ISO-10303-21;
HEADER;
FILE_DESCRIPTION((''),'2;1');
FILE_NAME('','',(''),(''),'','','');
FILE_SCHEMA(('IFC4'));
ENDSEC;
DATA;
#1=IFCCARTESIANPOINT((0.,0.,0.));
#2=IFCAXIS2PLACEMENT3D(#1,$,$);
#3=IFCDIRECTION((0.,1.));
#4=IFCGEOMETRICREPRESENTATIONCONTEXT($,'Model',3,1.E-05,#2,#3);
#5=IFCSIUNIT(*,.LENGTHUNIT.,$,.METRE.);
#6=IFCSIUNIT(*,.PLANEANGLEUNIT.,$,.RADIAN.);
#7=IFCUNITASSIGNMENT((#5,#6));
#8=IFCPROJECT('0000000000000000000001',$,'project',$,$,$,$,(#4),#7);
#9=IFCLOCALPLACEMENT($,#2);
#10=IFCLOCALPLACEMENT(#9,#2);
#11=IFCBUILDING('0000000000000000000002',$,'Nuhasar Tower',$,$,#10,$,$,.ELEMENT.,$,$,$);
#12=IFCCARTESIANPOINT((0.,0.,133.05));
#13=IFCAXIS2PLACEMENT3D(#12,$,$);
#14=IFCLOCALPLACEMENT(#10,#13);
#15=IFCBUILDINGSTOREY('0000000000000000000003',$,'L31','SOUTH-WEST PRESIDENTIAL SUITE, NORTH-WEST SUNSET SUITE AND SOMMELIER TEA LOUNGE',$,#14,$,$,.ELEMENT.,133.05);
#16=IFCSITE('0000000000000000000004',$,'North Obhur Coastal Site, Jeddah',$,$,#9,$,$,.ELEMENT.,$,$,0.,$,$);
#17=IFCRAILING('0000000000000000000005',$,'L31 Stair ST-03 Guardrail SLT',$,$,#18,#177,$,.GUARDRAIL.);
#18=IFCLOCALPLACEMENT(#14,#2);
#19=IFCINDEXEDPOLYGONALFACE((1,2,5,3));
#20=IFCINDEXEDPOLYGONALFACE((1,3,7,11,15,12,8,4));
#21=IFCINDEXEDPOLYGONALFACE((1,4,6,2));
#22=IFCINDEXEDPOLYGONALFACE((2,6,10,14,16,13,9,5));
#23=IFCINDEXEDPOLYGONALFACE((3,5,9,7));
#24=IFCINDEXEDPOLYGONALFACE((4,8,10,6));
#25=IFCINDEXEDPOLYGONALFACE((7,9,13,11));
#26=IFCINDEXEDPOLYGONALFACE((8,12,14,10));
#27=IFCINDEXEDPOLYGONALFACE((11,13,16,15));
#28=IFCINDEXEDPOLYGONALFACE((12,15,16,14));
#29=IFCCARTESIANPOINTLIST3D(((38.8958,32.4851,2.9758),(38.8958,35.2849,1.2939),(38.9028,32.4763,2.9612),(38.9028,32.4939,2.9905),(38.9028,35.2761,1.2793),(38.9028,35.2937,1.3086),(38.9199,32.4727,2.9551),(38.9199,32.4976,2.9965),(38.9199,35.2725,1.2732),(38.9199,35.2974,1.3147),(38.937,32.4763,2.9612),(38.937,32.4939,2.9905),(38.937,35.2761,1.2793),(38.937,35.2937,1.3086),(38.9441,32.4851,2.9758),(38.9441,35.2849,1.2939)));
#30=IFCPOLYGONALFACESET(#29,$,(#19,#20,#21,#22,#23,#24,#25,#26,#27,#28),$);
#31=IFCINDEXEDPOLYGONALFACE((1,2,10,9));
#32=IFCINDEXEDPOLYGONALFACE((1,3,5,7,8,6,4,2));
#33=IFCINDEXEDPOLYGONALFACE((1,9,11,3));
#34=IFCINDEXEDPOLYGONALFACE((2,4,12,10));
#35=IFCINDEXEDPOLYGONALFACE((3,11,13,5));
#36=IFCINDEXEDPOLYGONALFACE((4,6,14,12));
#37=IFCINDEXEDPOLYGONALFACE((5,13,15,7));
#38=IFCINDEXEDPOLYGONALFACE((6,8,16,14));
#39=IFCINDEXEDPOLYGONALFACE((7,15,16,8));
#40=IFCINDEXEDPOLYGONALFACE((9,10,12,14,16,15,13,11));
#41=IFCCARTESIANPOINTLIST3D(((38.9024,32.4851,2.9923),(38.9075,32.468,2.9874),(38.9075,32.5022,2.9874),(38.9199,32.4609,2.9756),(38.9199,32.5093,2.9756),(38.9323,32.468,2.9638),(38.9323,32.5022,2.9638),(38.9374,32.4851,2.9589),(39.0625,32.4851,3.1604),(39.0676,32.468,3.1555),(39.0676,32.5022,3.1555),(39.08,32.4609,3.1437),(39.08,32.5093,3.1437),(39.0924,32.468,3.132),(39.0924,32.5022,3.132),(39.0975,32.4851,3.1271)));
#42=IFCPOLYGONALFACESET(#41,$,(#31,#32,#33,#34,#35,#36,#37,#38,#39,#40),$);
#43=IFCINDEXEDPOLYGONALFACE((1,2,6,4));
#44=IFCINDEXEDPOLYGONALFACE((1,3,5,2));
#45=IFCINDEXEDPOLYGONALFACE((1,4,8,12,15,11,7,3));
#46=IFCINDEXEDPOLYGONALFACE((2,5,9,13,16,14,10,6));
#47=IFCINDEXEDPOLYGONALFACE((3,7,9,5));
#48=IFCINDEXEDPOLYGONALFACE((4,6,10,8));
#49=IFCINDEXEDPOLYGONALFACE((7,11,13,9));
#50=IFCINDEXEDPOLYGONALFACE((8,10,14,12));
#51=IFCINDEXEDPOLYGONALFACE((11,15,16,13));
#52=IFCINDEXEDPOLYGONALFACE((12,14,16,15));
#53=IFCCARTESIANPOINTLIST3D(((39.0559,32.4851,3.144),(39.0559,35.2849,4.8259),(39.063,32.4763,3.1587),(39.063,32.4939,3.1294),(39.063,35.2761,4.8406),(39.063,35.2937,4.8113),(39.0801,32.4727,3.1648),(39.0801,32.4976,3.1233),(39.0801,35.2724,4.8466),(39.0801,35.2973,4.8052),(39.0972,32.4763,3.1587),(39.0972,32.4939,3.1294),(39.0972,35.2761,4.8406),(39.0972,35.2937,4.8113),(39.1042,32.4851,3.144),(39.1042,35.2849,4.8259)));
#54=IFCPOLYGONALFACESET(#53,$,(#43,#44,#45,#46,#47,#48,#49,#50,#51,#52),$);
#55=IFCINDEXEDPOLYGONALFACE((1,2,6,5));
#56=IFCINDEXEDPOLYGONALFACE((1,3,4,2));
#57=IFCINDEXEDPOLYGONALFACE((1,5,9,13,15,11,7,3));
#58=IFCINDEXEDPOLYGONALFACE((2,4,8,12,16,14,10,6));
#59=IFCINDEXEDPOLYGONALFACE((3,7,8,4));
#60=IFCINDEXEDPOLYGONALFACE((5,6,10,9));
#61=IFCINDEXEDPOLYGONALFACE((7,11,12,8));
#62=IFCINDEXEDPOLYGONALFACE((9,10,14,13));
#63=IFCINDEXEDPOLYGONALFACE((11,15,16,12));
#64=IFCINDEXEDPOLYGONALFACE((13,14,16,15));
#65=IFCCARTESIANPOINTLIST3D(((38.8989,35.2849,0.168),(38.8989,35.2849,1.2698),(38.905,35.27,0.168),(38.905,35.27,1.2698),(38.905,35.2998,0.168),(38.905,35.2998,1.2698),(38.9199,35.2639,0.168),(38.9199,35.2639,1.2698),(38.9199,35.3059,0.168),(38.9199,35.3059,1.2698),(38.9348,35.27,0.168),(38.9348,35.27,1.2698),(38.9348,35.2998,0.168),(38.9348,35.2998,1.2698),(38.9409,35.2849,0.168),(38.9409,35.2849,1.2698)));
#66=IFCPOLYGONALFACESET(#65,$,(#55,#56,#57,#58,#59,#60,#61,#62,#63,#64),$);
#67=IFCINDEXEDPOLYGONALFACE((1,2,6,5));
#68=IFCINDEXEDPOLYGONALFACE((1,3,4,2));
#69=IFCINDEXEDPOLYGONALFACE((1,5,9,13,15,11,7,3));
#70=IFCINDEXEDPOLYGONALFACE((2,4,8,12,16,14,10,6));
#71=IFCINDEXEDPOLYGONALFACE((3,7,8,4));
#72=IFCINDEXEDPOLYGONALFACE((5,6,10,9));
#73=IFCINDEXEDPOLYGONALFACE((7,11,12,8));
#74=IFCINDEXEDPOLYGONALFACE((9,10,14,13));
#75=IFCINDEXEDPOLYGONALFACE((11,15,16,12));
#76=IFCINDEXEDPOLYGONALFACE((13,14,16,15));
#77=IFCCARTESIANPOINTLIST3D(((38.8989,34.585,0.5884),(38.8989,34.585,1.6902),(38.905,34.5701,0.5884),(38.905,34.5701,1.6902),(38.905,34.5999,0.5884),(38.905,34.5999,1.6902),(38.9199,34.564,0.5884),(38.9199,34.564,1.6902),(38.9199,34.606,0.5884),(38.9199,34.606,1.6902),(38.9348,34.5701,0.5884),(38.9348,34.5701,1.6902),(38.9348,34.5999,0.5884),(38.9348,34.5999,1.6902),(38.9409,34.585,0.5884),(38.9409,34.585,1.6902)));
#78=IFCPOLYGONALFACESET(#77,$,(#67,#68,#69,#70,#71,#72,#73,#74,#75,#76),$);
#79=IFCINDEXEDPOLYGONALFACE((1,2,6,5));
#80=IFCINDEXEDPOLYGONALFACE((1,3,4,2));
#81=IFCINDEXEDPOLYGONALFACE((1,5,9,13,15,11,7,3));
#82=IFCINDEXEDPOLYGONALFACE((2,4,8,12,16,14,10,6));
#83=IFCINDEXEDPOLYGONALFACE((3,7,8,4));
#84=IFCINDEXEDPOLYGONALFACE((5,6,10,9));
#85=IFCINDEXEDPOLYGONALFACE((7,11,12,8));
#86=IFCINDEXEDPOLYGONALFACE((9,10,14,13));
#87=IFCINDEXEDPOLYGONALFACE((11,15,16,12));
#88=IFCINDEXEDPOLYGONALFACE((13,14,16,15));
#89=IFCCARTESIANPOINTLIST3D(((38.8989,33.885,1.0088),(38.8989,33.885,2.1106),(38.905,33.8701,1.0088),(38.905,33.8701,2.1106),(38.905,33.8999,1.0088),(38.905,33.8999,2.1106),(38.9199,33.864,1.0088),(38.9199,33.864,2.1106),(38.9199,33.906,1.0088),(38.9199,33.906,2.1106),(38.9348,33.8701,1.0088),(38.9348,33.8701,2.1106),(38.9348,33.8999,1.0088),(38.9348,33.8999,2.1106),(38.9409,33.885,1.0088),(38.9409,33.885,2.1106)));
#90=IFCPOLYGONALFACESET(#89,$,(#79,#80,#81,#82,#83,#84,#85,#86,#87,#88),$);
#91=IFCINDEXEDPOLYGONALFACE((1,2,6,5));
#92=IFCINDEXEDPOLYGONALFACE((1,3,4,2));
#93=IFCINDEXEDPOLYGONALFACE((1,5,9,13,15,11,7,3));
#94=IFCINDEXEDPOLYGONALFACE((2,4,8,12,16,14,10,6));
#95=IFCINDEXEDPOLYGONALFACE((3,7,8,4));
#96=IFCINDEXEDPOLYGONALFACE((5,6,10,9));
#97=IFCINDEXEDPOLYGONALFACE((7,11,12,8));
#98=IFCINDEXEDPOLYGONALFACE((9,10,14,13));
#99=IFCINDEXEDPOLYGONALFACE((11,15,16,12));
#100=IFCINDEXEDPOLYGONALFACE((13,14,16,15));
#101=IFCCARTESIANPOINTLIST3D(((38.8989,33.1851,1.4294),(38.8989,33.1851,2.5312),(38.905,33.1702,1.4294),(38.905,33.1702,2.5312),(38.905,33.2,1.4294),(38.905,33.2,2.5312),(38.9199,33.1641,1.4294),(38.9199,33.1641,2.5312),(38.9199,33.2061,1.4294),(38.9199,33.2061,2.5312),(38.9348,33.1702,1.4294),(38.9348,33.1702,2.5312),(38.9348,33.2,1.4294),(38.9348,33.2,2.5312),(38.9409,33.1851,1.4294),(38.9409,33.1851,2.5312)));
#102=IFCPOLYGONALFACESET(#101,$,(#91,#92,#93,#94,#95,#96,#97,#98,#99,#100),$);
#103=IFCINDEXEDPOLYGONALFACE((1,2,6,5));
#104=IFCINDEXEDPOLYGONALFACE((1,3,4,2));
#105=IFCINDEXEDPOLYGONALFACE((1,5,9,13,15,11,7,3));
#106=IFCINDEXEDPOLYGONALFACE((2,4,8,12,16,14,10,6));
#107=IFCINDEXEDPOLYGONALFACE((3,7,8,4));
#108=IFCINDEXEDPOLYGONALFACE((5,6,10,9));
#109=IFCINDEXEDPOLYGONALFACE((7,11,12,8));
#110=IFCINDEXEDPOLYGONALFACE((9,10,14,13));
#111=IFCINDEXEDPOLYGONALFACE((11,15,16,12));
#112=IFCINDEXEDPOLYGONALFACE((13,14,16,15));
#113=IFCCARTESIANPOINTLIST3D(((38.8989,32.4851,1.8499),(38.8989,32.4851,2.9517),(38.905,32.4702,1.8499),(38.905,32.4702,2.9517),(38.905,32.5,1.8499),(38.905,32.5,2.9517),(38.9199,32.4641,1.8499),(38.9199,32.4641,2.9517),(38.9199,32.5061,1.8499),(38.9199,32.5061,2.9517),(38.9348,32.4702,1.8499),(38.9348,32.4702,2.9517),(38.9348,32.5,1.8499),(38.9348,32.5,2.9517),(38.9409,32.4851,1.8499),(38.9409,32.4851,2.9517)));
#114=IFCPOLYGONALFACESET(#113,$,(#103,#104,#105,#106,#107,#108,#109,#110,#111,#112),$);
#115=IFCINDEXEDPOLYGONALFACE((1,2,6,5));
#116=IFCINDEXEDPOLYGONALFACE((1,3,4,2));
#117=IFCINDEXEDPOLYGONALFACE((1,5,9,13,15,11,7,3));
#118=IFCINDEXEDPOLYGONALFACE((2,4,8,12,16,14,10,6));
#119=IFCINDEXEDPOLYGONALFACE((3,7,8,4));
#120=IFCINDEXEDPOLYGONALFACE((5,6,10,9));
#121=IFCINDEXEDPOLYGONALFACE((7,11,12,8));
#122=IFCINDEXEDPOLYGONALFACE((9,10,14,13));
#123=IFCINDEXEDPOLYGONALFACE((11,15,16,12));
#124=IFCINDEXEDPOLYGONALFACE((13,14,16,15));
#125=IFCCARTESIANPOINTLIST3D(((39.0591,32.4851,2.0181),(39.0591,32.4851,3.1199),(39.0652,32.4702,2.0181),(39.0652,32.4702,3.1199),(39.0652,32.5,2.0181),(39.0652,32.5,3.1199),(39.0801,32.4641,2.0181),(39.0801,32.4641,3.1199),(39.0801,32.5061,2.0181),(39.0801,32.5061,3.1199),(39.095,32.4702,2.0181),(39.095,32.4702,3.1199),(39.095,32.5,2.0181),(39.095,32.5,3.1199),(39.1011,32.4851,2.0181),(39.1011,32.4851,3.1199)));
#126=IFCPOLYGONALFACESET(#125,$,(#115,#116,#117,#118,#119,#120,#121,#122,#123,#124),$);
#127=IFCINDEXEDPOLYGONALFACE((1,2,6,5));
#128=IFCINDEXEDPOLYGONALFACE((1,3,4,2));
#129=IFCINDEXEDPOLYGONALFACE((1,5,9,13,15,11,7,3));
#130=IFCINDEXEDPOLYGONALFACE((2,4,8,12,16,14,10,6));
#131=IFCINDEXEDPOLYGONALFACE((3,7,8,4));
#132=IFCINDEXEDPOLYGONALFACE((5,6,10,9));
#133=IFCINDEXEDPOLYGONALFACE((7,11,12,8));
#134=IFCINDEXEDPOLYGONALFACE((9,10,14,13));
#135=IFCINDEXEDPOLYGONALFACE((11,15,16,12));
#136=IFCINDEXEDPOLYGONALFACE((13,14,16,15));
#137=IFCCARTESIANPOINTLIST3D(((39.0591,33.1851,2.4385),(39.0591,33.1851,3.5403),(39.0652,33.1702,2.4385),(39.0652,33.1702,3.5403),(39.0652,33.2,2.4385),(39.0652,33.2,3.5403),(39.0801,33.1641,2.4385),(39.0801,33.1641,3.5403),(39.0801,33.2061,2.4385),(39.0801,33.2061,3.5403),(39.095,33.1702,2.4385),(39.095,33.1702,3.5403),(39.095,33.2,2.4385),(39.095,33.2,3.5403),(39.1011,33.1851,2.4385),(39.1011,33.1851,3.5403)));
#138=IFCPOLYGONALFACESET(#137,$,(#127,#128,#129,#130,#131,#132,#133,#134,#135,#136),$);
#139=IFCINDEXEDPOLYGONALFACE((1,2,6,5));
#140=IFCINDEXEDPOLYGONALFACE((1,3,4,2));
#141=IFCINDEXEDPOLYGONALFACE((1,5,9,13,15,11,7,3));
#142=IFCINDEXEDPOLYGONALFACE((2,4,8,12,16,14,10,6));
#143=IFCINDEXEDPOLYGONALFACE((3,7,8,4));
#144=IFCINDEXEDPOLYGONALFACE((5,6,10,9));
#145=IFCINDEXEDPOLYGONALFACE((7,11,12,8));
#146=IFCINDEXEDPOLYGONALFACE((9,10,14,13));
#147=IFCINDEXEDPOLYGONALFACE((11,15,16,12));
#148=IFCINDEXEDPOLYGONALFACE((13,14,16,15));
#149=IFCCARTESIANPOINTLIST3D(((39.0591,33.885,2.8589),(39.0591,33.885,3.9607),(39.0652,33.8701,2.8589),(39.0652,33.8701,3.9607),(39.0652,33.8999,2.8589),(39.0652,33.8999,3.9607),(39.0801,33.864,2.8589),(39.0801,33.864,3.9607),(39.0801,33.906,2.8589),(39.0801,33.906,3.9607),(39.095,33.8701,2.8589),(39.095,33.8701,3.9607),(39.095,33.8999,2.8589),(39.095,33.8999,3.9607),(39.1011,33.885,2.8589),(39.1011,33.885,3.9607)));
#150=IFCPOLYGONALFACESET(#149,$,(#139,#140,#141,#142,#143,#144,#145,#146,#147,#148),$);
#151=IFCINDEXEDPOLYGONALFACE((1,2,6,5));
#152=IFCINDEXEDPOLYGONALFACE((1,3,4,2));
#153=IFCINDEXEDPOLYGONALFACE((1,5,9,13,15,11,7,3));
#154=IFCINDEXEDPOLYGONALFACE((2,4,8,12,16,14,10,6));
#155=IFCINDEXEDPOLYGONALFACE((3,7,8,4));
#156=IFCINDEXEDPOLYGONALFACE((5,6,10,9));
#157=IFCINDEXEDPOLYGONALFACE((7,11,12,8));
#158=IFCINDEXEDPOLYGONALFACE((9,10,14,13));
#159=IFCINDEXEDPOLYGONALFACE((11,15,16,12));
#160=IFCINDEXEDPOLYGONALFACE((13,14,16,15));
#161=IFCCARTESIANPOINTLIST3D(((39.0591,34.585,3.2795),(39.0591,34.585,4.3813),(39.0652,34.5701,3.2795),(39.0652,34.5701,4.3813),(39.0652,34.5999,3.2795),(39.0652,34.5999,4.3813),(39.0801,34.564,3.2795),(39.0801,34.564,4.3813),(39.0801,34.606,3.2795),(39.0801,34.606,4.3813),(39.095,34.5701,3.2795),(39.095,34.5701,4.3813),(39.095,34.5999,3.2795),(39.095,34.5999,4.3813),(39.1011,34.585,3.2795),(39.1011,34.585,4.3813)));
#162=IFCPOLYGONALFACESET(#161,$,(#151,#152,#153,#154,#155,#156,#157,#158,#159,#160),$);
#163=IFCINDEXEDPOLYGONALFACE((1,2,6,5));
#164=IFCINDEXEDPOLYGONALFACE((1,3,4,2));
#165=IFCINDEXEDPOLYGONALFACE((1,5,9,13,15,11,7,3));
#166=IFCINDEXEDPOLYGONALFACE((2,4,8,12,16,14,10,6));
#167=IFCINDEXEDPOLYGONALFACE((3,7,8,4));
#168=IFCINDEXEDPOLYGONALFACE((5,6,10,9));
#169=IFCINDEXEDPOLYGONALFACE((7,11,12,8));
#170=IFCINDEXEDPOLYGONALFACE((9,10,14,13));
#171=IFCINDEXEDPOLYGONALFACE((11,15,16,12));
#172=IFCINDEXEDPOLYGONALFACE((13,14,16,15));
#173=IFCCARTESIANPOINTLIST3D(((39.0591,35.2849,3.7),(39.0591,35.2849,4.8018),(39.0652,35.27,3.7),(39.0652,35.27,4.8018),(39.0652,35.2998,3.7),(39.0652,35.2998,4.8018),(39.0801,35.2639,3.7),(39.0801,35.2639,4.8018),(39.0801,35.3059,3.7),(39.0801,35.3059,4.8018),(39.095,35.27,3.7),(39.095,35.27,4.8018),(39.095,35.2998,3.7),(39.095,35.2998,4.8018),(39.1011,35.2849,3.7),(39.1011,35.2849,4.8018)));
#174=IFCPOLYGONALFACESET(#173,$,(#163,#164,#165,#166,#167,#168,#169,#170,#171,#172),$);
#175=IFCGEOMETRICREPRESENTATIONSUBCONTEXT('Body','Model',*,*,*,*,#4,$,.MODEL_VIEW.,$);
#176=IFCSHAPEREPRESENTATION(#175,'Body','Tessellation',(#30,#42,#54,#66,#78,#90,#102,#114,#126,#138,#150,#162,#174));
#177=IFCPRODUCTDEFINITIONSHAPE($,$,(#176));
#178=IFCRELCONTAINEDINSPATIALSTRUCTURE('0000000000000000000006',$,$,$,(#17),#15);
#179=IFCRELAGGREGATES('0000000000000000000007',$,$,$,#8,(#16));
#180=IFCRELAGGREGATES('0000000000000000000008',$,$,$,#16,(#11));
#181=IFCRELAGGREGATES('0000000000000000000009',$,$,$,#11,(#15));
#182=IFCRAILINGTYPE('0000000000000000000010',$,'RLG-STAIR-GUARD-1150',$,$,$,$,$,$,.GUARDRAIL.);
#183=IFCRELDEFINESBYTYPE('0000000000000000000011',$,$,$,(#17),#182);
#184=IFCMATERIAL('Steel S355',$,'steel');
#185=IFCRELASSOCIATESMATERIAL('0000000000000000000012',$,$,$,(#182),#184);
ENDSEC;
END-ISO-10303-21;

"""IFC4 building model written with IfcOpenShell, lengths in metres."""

from ifc_helpers import new_model, si_unit, direction, frame, origin, place, context, subcontext, project, spatial, polyline, outline, extrude, material, type_object, element, save


model = new_model("IFC4")

# Units and contexts
model_context = context("Model", 3, precision=1e-05, world=origin(), true_north=direction((0.0, 1.0)))
body_context = subcontext(model_context, "Body", "Model", "MODEL_VIEW")
ifc_project = project(units=[si_unit("LENGTHUNIT", "METRE"), si_unit("PLANEANGLEUNIT", "RADIAN")], contexts=[model_context])

# Site, building, storey
site_placement = place(None, origin())
site = spatial("IfcSite", under=ifc_project, at=site_placement, Name="North Obhur Coastal Site, Jeddah", CompositionType="ELEMENT", RefElevation=0.0)
building_placement = place(site_placement, origin())
building = spatial("IfcBuilding", under=site, at=building_placement, Name="Nuhasar Tower", CompositionType="ELEMENT")
storey_placement = place(building_placement, frame((0.0, 0.0, 133.05)))
storey = spatial("IfcBuildingStorey", under=building, at=storey_placement, Name="L31", Description="SOUTH-WEST PRESIDENTIAL SUITE, NORTH-WEST SUNSET SUITE AND SOMMELIER TEA LOUNGE", CompositionType="ELEMENT", Elevation=133.05)

# Shared definitions
ifc_material_1 = material(Name="Steel S355", Category="steel")

# Railing
railing_type_1 = type_object("IfcRailingType", Name="RLG-STAIR-GUARD-1150", PredefinedType="GUARDRAIL", material=ifc_material_1)
railing_1_placement = place(storey_placement, frame((38.9199, 35.2849, 0.168)))
element("IfcRailing", 1, at=railing_1_placement, inside=storey, type_object=railing_type_1, Name="L31 Stair ST-03 Guardrail SLT", PredefinedType="GUARDRAIL", context=body_context, shape_type="SweptSolid", body=[
    extrude(outline(polyline([(0.0242, 0.0), (0.0171, 0.0171), (0.0, 0.0242), (-0.0171, 0.0171), (-0.0242, 0.0), (-0.0171, -0.0171), (0.0, -0.0242), (0.0171, -0.0171), (0.0242, 0.0)])), frame((0.0, 0.0, 1.126), z_axis=(0.0, -0.857222, 0.514946), x_axis=(1.0, 0.0, 0.0)), (0.0, 0.0, 1.0), 3.2661),
    extrude(outline(polyline([(0.0242, 0.0), (0.0171, 0.0171), (0.0, 0.0242), (-0.0171, 0.0171), (-0.0242, 0.0), (-0.0171, -0.0171), (0.0, -0.0242), (0.0171, -0.0171), (0.0242, 0.0)])), frame((0.0, -2.7998, 2.8076), z_axis=(0.68955, 0.0, 0.724238), x_axis=(0.0, 1.0, 0.0)), (0.0, 0.0, 1.0), 0.2322),
    extrude(outline(polyline([(0.0242, 0.0), (0.0171, 0.0171), (0.0, 0.0242), (-0.0171, 0.0171), (-0.0242, 0.0), (-0.0171, -0.0171), (0.0, -0.0242), (0.0171, -0.0171), (0.0242, 0.0)])), frame((0.1602, -2.7998, 2.9761), z_axis=(0.0, 0.857222, 0.514946), x_axis=(-1.0, 0.0, 0.0)), (0.0, 0.0, 1.0), 3.2661),
    extrude(outline(polyline([(0.021, 0.0), (0.0149, 0.0149), (0.0, 0.021), (-0.0149, 0.0149), (-0.021, 0.0), (-0.0149, -0.0149), (0.0, -0.021), (0.0149, -0.0149), (0.021, 0.0)])), origin(), (0.0, 0.0, 1.0), 1.1018),
    extrude(outline(polyline([(0.021, 0.0), (0.0149, 0.0149), (0.0, 0.021), (-0.0149, 0.0149), (-0.021, 0.0), (-0.0149, -0.0149), (0.0, -0.021), (0.0149, -0.0149), (0.021, 0.0)])), frame((0.0, -0.7, 0.4204)), (0.0, 0.0, 1.0), 1.1018),
    extrude(outline(polyline([(0.021, 0.0), (0.0149, 0.0149), (0.0, 0.021), (-0.0149, 0.0149), (-0.021, 0.0), (-0.0149, -0.0149), (0.0, -0.021), (0.0149, -0.0149), (0.021, 0.0)])), frame((0.0, -1.3999, 0.8408)), (0.0, 0.0, 1.0), 1.1018),
    extrude(outline(polyline([(0.021, 0.0), (0.0149, 0.0149), (0.0, 0.021), (-0.0149, 0.0149), (-0.021, 0.0), (-0.0149, -0.0149), (0.0, -0.021), (0.0149, -0.0149), (0.021, 0.0)])), frame((0.0, -2.0999, 1.2615)), (0.0, 0.0, 1.0), 1.1018),
    extrude(outline(polyline([(0.021, 0.0), (0.0149, 0.0149), (0.0, 0.021), (-0.0149, 0.0149), (-0.021, 0.0), (-0.0149, -0.0149), (0.0, -0.021), (0.0149, -0.0149), (0.021, 0.0)])), frame((0.0, -2.7998, 1.6819)), (0.0, 0.0, 1.0), 1.1018),
    extrude(outline(polyline([(0.021, 0.0), (0.0149, 0.0149), (0.0, 0.021), (-0.0149, 0.0149), (-0.021, 0.0), (-0.0149, -0.0149), (0.0, -0.021), (0.0149, -0.0149), (0.021, 0.0)])), frame((0.1602, -2.7998, 1.8501)), (0.0, 0.0, 1.0), 1.1018),
    extrude(outline(polyline([(0.021, 0.0), (0.0149, 0.0149), (0.0, 0.021), (-0.0149, 0.0149), (-0.021, 0.0), (-0.0149, -0.0149), (0.0, -0.021), (0.0149, -0.0149), (0.021, 0.0)])), frame((0.1602, -2.0999, 2.2705)), (0.0, 0.0, 1.0), 1.1018),
    extrude(outline(polyline([(0.021, 0.0), (0.0149, 0.0149), (0.0, 0.021), (-0.0149, 0.0149), (-0.021, 0.0), (-0.0149, -0.0149), (0.0, -0.021), (0.0149, -0.0149), (0.021, 0.0)])), frame((0.1602, -1.3999, 2.6909)), (0.0, 0.0, 1.0), 1.1018),
    extrude(outline(polyline([(0.021, 0.0), (0.0149, 0.0149), (0.0, 0.021), (-0.0149, 0.0149), (-0.021, 0.0), (-0.0149, -0.0149), (0.0, -0.021), (0.0149, -0.0149), (0.021, 0.0)])), frame((0.1602, -0.7, 3.1116)), (0.0, 0.0, 1.0), 1.1018),
    extrude(outline(polyline([(0.021, 0.0), (0.0149, 0.0149), (0.0, 0.021), (-0.0149, 0.0149), (-0.021, 0.0), (-0.0149, -0.0149), (0.0, -0.021), (0.0149, -0.0149), (0.021, 0.0)])), frame((0.1602, 0.0, 3.532)), (0.0, 0.0, 1.0), 1.1018),
])

save(model, "model.ifc")
